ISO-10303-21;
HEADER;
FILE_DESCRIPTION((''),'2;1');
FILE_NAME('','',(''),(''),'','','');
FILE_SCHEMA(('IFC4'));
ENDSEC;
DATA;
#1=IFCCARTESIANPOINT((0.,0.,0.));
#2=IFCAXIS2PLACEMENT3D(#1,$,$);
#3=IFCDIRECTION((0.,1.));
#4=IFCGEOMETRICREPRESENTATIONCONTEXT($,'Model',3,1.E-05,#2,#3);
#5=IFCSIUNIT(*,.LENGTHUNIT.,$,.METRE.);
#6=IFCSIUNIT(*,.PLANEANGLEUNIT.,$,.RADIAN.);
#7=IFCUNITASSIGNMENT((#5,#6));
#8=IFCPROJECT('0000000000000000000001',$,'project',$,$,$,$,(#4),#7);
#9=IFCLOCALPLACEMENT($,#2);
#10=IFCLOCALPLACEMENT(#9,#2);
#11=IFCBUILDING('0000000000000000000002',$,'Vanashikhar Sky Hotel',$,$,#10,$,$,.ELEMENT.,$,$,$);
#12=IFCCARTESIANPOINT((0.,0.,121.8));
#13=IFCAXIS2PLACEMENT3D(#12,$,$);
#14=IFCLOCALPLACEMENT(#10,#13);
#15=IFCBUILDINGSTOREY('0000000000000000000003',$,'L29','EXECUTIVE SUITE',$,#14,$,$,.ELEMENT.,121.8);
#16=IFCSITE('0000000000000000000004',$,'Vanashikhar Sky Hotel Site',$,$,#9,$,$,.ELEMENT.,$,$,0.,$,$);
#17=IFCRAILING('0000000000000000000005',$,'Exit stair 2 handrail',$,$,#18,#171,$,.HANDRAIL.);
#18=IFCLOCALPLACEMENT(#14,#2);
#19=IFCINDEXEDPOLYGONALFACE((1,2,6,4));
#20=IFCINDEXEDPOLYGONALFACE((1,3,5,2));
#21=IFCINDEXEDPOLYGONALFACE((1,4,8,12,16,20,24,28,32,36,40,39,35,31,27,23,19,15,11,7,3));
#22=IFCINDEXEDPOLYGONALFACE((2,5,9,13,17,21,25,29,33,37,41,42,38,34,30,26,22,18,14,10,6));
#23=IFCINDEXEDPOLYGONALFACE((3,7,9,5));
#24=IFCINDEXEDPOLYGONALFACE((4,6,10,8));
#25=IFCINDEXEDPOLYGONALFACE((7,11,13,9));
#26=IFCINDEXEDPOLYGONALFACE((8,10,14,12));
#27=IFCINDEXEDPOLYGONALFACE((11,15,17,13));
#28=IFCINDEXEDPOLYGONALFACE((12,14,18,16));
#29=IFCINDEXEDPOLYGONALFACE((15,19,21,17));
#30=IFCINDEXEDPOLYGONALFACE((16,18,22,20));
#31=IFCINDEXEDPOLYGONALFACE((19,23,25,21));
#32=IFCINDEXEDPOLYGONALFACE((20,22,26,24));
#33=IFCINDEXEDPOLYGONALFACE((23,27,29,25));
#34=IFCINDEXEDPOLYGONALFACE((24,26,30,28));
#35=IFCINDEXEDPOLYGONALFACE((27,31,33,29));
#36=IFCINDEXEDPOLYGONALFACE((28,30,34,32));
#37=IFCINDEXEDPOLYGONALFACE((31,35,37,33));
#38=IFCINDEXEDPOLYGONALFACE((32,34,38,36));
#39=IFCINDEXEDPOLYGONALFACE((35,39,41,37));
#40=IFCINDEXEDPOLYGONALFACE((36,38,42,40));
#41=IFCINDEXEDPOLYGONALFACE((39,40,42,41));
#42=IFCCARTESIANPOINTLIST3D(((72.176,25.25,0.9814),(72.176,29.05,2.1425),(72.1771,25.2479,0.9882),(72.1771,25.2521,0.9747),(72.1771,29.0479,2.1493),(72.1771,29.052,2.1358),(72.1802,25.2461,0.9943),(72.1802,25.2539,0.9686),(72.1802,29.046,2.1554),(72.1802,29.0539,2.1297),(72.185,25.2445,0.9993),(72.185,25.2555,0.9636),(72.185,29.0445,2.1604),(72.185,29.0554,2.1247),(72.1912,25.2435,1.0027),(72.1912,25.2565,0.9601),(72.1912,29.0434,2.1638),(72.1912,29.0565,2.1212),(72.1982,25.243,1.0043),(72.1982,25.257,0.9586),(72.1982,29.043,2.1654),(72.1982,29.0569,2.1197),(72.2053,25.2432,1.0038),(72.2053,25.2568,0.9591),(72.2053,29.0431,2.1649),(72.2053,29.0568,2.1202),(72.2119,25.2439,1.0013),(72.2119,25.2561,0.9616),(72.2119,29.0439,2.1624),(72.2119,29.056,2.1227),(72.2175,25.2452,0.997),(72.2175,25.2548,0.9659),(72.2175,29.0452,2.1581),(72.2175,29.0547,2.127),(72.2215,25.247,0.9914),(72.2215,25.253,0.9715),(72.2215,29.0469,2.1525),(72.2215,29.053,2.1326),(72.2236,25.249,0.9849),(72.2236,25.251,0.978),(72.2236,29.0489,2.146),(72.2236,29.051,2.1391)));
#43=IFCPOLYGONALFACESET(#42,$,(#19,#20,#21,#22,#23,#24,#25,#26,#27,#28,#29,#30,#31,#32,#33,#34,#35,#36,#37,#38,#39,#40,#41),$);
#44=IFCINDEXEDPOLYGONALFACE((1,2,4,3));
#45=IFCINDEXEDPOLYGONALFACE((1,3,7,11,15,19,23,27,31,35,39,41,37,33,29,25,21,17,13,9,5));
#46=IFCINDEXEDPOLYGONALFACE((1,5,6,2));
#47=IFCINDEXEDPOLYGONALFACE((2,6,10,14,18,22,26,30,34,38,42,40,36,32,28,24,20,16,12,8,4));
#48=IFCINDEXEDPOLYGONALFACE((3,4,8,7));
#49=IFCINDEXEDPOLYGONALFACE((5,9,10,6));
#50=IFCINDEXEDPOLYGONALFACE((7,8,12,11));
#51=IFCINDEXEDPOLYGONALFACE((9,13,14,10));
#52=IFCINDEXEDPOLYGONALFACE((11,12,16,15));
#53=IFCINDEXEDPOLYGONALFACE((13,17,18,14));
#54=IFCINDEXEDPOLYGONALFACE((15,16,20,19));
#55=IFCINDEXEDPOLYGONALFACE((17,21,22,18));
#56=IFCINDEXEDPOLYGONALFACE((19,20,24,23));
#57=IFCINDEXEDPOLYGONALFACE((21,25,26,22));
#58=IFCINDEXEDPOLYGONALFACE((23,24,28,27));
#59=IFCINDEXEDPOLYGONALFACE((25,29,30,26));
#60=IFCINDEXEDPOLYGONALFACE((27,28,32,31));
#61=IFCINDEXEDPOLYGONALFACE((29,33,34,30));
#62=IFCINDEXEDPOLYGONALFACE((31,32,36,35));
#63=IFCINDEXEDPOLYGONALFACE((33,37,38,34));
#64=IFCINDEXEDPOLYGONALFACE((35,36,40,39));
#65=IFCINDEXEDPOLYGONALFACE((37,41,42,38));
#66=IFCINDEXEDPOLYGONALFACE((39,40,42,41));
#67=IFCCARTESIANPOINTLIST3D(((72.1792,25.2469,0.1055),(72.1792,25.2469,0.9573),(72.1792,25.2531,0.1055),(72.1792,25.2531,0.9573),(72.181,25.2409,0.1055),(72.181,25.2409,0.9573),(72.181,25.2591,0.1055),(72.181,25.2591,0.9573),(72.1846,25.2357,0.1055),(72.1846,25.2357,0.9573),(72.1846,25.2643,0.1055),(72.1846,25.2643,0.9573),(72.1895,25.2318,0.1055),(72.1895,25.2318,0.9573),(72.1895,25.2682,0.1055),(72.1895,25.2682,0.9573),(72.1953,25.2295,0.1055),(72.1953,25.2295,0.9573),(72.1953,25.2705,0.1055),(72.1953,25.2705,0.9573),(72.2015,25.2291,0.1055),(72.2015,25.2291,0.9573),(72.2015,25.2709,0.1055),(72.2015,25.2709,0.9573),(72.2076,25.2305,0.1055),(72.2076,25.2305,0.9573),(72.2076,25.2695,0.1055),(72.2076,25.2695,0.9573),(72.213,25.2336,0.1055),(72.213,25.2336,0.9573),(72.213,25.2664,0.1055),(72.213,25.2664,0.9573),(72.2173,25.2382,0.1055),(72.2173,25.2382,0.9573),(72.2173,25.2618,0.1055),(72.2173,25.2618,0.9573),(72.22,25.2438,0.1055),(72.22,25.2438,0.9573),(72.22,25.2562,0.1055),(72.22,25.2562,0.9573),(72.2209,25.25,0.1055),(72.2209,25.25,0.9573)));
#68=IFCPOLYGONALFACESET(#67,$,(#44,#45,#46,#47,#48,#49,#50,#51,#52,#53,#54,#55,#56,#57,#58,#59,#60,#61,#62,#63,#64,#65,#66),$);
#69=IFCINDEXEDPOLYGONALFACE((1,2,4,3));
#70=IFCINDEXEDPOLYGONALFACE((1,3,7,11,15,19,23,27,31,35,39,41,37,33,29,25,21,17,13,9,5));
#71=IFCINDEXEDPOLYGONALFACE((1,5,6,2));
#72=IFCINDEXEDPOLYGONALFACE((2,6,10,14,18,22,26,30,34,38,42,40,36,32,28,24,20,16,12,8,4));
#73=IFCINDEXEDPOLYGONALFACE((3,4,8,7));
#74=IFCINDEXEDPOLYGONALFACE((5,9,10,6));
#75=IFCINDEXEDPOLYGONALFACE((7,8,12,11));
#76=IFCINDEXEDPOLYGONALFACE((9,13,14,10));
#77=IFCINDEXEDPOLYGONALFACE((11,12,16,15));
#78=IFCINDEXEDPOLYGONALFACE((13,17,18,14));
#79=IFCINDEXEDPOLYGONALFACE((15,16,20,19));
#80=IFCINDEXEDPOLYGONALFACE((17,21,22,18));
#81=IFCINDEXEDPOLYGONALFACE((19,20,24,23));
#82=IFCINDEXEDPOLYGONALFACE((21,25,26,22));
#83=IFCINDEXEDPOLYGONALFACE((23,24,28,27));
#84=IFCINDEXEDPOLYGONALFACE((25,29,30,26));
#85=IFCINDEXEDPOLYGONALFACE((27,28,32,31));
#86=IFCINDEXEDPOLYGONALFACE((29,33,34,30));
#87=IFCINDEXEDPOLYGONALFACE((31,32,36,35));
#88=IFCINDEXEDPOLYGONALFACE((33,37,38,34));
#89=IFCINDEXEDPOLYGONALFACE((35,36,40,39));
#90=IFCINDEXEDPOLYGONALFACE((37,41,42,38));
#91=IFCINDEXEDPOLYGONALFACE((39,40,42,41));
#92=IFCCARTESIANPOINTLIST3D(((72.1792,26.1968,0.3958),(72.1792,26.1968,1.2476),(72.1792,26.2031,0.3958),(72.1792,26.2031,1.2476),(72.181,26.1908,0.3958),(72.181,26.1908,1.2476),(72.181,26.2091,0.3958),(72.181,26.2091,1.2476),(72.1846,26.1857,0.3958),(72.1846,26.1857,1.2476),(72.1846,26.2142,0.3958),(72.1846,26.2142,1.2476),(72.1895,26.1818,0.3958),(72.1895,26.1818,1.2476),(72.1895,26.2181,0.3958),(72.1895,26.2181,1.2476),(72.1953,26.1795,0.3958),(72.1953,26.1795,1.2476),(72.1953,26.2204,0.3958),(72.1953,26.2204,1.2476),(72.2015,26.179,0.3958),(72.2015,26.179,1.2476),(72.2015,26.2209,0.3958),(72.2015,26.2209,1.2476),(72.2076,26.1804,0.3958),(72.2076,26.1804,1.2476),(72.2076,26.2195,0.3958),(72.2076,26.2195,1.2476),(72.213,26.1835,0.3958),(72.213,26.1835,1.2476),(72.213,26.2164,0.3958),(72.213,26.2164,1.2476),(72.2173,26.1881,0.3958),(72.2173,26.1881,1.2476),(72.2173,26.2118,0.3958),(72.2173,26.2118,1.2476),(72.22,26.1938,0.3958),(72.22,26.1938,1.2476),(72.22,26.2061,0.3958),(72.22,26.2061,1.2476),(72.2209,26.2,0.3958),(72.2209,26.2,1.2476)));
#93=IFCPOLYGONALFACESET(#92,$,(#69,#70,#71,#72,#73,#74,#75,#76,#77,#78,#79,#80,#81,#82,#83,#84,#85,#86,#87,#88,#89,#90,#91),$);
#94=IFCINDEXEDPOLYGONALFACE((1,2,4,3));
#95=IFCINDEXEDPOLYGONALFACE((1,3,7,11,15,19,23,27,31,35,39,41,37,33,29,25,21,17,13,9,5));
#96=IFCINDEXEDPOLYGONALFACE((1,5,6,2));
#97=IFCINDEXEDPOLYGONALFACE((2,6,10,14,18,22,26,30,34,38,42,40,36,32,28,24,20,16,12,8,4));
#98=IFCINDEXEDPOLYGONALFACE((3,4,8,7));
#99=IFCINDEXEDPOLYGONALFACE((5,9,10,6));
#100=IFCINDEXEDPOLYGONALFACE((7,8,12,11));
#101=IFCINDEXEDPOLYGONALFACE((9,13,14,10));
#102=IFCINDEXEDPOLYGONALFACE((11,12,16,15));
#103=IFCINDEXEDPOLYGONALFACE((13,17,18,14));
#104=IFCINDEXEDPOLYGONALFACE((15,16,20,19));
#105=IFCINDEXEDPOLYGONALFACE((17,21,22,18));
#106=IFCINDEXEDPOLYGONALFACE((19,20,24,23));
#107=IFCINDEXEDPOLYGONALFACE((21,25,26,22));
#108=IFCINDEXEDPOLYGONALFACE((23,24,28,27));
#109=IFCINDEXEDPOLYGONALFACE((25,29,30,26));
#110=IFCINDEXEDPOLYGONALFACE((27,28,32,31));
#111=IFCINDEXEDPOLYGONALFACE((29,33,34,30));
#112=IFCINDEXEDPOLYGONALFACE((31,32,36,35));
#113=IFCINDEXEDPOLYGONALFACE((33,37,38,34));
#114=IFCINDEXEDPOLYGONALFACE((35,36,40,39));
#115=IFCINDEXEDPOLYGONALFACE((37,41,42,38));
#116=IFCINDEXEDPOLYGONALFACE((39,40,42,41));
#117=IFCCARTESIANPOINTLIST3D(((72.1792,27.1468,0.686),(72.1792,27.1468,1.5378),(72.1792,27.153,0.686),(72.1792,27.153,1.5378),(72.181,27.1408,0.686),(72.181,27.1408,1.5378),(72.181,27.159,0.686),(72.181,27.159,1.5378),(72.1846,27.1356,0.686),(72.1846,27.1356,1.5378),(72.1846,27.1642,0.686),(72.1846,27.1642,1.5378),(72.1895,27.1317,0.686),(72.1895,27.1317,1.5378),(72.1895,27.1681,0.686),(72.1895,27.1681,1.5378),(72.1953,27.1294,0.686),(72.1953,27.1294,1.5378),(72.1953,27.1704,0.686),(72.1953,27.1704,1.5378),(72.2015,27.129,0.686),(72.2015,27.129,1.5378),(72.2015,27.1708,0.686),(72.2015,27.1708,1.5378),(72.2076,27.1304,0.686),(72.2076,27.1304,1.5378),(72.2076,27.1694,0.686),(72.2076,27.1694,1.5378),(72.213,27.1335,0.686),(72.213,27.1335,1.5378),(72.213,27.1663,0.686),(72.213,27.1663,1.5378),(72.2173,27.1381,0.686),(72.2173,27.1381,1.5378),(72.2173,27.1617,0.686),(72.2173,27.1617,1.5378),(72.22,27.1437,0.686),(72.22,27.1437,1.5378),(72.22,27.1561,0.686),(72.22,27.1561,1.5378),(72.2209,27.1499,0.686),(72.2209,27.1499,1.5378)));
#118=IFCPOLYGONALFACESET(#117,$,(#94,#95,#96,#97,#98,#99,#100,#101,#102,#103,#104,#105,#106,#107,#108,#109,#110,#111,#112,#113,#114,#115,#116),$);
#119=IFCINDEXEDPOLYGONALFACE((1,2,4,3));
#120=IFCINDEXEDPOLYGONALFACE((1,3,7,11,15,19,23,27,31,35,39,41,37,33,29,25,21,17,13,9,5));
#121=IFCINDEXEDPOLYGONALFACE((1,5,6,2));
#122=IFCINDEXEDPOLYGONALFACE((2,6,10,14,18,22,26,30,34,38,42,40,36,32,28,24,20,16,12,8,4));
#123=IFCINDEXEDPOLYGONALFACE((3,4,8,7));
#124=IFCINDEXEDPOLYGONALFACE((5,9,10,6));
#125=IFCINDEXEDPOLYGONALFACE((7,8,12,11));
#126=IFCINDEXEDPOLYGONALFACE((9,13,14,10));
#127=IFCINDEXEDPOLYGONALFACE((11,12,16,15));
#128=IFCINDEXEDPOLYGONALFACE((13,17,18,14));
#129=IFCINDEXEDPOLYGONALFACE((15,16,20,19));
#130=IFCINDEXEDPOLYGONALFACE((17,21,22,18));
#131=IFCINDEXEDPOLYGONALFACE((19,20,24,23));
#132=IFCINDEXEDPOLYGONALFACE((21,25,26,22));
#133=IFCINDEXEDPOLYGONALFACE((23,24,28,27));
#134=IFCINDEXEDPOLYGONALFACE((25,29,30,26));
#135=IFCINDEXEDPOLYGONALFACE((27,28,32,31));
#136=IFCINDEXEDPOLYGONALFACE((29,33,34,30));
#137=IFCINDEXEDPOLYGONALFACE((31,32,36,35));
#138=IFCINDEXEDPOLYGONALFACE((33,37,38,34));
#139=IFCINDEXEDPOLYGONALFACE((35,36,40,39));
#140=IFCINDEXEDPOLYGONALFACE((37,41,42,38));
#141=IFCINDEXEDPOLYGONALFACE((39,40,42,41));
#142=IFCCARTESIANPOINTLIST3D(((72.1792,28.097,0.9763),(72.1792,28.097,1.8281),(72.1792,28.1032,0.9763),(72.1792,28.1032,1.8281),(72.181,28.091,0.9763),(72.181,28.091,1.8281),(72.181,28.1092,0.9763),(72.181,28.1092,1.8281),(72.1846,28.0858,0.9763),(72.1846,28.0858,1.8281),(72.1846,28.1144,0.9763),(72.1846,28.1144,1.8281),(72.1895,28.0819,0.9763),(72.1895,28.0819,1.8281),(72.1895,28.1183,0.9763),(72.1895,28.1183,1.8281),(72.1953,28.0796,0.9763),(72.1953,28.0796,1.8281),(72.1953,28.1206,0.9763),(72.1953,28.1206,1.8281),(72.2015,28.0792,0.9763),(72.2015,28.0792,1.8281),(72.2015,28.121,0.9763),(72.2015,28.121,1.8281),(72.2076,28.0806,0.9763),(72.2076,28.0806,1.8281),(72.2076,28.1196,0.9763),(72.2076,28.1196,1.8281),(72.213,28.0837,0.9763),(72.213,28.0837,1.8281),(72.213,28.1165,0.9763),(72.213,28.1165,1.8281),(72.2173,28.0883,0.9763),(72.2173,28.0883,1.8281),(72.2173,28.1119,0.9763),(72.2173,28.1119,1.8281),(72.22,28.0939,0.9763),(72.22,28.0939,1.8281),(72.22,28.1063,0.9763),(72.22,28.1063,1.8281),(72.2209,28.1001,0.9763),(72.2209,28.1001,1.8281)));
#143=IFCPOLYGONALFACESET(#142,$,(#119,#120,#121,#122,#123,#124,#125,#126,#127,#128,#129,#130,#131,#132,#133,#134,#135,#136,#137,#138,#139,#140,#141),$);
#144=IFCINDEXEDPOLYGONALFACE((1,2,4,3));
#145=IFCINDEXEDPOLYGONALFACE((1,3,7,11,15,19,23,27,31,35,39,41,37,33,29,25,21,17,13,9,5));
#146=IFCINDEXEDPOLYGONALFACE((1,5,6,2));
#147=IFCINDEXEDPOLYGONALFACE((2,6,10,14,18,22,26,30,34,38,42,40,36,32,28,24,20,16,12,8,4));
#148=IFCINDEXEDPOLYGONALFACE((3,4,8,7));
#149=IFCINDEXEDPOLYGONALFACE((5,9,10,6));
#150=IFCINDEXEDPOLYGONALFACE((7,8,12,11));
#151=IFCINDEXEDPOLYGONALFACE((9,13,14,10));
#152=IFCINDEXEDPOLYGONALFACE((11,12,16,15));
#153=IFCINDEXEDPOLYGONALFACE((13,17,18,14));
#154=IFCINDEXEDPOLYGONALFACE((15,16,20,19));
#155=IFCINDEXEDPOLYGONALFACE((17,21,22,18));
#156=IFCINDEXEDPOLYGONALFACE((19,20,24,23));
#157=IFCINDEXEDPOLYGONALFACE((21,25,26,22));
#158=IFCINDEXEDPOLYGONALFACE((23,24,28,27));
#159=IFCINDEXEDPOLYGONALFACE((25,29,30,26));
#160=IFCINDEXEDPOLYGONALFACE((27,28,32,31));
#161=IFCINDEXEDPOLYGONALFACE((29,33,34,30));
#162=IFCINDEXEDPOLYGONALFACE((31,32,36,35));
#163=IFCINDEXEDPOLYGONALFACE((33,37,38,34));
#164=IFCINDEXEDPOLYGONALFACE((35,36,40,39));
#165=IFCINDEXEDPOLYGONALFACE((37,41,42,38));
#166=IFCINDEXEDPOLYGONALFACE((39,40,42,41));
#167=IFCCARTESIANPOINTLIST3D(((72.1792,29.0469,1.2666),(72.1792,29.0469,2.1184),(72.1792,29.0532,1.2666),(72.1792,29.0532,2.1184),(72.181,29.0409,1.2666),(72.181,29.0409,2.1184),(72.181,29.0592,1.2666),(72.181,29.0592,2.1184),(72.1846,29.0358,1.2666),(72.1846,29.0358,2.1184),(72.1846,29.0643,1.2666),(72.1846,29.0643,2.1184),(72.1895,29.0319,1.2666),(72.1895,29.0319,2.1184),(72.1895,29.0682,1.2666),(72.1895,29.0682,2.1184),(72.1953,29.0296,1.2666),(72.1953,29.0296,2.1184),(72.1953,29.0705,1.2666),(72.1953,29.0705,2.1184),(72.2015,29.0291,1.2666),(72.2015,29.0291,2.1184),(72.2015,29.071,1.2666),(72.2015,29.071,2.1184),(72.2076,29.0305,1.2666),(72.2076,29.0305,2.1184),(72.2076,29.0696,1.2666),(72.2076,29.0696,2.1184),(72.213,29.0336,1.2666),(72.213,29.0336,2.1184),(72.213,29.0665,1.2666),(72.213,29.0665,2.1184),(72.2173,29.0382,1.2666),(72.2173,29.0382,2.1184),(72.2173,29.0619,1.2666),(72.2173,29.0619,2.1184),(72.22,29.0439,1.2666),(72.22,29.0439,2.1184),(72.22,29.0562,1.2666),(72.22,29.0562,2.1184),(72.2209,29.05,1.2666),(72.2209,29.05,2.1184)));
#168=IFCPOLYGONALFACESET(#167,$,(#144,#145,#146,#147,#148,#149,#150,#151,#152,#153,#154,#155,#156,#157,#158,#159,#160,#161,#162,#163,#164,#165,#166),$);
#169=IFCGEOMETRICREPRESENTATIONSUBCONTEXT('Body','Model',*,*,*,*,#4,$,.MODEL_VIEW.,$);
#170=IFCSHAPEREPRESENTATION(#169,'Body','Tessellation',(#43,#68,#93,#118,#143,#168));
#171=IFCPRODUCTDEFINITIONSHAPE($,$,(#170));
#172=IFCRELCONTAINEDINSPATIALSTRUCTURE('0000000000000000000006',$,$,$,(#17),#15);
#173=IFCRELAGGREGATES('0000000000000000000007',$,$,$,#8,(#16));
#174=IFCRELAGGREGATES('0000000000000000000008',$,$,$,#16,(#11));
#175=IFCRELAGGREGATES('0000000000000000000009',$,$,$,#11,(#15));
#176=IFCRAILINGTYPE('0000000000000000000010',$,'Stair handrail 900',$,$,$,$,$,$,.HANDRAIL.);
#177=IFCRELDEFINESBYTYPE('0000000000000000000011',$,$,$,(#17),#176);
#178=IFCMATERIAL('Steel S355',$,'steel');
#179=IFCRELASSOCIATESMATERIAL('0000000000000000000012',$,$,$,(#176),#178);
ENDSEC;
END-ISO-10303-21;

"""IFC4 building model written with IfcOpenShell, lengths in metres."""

from ifc_helpers import new_model, si_unit, direction, frame, origin, origin_2d, place, context, subcontext, project, spatial, circle, extrude, source, transform, mapped, material, type_object, element, save


model = new_model("IFC4")

# Units and contexts
model_context = context("Model", 3, precision=1e-05, world=origin(), true_north=direction((0.0, 1.0)))
body_context = subcontext(model_context, "Body", "Model", "MODEL_VIEW")
ifc_project = project(units=[si_unit("LENGTHUNIT", "METRE"), si_unit("PLANEANGLEUNIT", "RADIAN")], contexts=[model_context])

# Site, building, storey
site_placement = place(None, origin())
site = spatial("IfcSite", under=ifc_project, at=site_placement, Name="Vanashikhar Sky Hotel Site", CompositionType="ELEMENT", RefElevation=0.0)
building_placement = place(site_placement, origin())
building = spatial("IfcBuilding", under=site, at=building_placement, Name="Vanashikhar Sky Hotel", CompositionType="ELEMENT")
storey_placement = place(building_placement, frame((0.0, 0.0, 121.8)))
storey = spatial("IfcBuildingStorey", under=building, at=storey_placement, Name="L29", Description="EXECUTIVE SUITE", CompositionType="ELEMENT", Elevation=121.8)

# Railing
ifc_material_1 = material(Name="Steel S355", Category="steel")
railing_type_1 = type_object("IfcRailingType", Name="Stair handrail 900", PredefinedType="HANDRAIL", material=ifc_material_1)
shared_shape_1 = source(origin(), body_context, "Body", "SweptSolid", [
    extrude(circle(Radius=0.0239, at=origin_2d()), frame((0.0, 0.0, 0.876), z_axis=(0.0, 0.956351, 0.29222), x_axis=(-1.0, 0.0, 0.0)), (0.0, 0.0, 1.0), 3.9734),
    extrude(circle(Radius=0.021, at=origin_2d()), origin(), (0.0, 0.0, 1.0), 0.8518),
    extrude(circle(Radius=0.021, at=origin_2d()), frame((0.0, 0.95, 0.2903)), (0.0, 0.0, 1.0), 0.8518),
    extrude(circle(Radius=0.021, at=origin_2d()), frame((0.0, 1.8999, 0.5806)), (0.0, 0.0, 1.0), 0.8518),
    extrude(circle(Radius=0.021, at=origin_2d()), frame((0.0, 2.8501, 0.8708)), (0.0, 0.0, 1.0), 0.8518),
    extrude(circle(Radius=0.021, at=origin_2d()), frame((0.0, 3.8, 1.1611)), (0.0, 0.0, 1.0), 0.8518),
])
for number, where, name in (
    (1, (72.2, 25.25, 0.1055), "Exit stair 2 handrail"),
):
    element("IfcRailing", number, at=place(storey_placement, frame(where)), inside=storey, type_object=railing_type_1, Name=name, PredefinedType="HANDRAIL", context=body_context, shape_type="MappedRepresentation", body=[
        mapped(shared_shape_1, transform((0.0, 0.0, 0.0), scale=1.0)),
    ])

save(model, "model.ifc")
